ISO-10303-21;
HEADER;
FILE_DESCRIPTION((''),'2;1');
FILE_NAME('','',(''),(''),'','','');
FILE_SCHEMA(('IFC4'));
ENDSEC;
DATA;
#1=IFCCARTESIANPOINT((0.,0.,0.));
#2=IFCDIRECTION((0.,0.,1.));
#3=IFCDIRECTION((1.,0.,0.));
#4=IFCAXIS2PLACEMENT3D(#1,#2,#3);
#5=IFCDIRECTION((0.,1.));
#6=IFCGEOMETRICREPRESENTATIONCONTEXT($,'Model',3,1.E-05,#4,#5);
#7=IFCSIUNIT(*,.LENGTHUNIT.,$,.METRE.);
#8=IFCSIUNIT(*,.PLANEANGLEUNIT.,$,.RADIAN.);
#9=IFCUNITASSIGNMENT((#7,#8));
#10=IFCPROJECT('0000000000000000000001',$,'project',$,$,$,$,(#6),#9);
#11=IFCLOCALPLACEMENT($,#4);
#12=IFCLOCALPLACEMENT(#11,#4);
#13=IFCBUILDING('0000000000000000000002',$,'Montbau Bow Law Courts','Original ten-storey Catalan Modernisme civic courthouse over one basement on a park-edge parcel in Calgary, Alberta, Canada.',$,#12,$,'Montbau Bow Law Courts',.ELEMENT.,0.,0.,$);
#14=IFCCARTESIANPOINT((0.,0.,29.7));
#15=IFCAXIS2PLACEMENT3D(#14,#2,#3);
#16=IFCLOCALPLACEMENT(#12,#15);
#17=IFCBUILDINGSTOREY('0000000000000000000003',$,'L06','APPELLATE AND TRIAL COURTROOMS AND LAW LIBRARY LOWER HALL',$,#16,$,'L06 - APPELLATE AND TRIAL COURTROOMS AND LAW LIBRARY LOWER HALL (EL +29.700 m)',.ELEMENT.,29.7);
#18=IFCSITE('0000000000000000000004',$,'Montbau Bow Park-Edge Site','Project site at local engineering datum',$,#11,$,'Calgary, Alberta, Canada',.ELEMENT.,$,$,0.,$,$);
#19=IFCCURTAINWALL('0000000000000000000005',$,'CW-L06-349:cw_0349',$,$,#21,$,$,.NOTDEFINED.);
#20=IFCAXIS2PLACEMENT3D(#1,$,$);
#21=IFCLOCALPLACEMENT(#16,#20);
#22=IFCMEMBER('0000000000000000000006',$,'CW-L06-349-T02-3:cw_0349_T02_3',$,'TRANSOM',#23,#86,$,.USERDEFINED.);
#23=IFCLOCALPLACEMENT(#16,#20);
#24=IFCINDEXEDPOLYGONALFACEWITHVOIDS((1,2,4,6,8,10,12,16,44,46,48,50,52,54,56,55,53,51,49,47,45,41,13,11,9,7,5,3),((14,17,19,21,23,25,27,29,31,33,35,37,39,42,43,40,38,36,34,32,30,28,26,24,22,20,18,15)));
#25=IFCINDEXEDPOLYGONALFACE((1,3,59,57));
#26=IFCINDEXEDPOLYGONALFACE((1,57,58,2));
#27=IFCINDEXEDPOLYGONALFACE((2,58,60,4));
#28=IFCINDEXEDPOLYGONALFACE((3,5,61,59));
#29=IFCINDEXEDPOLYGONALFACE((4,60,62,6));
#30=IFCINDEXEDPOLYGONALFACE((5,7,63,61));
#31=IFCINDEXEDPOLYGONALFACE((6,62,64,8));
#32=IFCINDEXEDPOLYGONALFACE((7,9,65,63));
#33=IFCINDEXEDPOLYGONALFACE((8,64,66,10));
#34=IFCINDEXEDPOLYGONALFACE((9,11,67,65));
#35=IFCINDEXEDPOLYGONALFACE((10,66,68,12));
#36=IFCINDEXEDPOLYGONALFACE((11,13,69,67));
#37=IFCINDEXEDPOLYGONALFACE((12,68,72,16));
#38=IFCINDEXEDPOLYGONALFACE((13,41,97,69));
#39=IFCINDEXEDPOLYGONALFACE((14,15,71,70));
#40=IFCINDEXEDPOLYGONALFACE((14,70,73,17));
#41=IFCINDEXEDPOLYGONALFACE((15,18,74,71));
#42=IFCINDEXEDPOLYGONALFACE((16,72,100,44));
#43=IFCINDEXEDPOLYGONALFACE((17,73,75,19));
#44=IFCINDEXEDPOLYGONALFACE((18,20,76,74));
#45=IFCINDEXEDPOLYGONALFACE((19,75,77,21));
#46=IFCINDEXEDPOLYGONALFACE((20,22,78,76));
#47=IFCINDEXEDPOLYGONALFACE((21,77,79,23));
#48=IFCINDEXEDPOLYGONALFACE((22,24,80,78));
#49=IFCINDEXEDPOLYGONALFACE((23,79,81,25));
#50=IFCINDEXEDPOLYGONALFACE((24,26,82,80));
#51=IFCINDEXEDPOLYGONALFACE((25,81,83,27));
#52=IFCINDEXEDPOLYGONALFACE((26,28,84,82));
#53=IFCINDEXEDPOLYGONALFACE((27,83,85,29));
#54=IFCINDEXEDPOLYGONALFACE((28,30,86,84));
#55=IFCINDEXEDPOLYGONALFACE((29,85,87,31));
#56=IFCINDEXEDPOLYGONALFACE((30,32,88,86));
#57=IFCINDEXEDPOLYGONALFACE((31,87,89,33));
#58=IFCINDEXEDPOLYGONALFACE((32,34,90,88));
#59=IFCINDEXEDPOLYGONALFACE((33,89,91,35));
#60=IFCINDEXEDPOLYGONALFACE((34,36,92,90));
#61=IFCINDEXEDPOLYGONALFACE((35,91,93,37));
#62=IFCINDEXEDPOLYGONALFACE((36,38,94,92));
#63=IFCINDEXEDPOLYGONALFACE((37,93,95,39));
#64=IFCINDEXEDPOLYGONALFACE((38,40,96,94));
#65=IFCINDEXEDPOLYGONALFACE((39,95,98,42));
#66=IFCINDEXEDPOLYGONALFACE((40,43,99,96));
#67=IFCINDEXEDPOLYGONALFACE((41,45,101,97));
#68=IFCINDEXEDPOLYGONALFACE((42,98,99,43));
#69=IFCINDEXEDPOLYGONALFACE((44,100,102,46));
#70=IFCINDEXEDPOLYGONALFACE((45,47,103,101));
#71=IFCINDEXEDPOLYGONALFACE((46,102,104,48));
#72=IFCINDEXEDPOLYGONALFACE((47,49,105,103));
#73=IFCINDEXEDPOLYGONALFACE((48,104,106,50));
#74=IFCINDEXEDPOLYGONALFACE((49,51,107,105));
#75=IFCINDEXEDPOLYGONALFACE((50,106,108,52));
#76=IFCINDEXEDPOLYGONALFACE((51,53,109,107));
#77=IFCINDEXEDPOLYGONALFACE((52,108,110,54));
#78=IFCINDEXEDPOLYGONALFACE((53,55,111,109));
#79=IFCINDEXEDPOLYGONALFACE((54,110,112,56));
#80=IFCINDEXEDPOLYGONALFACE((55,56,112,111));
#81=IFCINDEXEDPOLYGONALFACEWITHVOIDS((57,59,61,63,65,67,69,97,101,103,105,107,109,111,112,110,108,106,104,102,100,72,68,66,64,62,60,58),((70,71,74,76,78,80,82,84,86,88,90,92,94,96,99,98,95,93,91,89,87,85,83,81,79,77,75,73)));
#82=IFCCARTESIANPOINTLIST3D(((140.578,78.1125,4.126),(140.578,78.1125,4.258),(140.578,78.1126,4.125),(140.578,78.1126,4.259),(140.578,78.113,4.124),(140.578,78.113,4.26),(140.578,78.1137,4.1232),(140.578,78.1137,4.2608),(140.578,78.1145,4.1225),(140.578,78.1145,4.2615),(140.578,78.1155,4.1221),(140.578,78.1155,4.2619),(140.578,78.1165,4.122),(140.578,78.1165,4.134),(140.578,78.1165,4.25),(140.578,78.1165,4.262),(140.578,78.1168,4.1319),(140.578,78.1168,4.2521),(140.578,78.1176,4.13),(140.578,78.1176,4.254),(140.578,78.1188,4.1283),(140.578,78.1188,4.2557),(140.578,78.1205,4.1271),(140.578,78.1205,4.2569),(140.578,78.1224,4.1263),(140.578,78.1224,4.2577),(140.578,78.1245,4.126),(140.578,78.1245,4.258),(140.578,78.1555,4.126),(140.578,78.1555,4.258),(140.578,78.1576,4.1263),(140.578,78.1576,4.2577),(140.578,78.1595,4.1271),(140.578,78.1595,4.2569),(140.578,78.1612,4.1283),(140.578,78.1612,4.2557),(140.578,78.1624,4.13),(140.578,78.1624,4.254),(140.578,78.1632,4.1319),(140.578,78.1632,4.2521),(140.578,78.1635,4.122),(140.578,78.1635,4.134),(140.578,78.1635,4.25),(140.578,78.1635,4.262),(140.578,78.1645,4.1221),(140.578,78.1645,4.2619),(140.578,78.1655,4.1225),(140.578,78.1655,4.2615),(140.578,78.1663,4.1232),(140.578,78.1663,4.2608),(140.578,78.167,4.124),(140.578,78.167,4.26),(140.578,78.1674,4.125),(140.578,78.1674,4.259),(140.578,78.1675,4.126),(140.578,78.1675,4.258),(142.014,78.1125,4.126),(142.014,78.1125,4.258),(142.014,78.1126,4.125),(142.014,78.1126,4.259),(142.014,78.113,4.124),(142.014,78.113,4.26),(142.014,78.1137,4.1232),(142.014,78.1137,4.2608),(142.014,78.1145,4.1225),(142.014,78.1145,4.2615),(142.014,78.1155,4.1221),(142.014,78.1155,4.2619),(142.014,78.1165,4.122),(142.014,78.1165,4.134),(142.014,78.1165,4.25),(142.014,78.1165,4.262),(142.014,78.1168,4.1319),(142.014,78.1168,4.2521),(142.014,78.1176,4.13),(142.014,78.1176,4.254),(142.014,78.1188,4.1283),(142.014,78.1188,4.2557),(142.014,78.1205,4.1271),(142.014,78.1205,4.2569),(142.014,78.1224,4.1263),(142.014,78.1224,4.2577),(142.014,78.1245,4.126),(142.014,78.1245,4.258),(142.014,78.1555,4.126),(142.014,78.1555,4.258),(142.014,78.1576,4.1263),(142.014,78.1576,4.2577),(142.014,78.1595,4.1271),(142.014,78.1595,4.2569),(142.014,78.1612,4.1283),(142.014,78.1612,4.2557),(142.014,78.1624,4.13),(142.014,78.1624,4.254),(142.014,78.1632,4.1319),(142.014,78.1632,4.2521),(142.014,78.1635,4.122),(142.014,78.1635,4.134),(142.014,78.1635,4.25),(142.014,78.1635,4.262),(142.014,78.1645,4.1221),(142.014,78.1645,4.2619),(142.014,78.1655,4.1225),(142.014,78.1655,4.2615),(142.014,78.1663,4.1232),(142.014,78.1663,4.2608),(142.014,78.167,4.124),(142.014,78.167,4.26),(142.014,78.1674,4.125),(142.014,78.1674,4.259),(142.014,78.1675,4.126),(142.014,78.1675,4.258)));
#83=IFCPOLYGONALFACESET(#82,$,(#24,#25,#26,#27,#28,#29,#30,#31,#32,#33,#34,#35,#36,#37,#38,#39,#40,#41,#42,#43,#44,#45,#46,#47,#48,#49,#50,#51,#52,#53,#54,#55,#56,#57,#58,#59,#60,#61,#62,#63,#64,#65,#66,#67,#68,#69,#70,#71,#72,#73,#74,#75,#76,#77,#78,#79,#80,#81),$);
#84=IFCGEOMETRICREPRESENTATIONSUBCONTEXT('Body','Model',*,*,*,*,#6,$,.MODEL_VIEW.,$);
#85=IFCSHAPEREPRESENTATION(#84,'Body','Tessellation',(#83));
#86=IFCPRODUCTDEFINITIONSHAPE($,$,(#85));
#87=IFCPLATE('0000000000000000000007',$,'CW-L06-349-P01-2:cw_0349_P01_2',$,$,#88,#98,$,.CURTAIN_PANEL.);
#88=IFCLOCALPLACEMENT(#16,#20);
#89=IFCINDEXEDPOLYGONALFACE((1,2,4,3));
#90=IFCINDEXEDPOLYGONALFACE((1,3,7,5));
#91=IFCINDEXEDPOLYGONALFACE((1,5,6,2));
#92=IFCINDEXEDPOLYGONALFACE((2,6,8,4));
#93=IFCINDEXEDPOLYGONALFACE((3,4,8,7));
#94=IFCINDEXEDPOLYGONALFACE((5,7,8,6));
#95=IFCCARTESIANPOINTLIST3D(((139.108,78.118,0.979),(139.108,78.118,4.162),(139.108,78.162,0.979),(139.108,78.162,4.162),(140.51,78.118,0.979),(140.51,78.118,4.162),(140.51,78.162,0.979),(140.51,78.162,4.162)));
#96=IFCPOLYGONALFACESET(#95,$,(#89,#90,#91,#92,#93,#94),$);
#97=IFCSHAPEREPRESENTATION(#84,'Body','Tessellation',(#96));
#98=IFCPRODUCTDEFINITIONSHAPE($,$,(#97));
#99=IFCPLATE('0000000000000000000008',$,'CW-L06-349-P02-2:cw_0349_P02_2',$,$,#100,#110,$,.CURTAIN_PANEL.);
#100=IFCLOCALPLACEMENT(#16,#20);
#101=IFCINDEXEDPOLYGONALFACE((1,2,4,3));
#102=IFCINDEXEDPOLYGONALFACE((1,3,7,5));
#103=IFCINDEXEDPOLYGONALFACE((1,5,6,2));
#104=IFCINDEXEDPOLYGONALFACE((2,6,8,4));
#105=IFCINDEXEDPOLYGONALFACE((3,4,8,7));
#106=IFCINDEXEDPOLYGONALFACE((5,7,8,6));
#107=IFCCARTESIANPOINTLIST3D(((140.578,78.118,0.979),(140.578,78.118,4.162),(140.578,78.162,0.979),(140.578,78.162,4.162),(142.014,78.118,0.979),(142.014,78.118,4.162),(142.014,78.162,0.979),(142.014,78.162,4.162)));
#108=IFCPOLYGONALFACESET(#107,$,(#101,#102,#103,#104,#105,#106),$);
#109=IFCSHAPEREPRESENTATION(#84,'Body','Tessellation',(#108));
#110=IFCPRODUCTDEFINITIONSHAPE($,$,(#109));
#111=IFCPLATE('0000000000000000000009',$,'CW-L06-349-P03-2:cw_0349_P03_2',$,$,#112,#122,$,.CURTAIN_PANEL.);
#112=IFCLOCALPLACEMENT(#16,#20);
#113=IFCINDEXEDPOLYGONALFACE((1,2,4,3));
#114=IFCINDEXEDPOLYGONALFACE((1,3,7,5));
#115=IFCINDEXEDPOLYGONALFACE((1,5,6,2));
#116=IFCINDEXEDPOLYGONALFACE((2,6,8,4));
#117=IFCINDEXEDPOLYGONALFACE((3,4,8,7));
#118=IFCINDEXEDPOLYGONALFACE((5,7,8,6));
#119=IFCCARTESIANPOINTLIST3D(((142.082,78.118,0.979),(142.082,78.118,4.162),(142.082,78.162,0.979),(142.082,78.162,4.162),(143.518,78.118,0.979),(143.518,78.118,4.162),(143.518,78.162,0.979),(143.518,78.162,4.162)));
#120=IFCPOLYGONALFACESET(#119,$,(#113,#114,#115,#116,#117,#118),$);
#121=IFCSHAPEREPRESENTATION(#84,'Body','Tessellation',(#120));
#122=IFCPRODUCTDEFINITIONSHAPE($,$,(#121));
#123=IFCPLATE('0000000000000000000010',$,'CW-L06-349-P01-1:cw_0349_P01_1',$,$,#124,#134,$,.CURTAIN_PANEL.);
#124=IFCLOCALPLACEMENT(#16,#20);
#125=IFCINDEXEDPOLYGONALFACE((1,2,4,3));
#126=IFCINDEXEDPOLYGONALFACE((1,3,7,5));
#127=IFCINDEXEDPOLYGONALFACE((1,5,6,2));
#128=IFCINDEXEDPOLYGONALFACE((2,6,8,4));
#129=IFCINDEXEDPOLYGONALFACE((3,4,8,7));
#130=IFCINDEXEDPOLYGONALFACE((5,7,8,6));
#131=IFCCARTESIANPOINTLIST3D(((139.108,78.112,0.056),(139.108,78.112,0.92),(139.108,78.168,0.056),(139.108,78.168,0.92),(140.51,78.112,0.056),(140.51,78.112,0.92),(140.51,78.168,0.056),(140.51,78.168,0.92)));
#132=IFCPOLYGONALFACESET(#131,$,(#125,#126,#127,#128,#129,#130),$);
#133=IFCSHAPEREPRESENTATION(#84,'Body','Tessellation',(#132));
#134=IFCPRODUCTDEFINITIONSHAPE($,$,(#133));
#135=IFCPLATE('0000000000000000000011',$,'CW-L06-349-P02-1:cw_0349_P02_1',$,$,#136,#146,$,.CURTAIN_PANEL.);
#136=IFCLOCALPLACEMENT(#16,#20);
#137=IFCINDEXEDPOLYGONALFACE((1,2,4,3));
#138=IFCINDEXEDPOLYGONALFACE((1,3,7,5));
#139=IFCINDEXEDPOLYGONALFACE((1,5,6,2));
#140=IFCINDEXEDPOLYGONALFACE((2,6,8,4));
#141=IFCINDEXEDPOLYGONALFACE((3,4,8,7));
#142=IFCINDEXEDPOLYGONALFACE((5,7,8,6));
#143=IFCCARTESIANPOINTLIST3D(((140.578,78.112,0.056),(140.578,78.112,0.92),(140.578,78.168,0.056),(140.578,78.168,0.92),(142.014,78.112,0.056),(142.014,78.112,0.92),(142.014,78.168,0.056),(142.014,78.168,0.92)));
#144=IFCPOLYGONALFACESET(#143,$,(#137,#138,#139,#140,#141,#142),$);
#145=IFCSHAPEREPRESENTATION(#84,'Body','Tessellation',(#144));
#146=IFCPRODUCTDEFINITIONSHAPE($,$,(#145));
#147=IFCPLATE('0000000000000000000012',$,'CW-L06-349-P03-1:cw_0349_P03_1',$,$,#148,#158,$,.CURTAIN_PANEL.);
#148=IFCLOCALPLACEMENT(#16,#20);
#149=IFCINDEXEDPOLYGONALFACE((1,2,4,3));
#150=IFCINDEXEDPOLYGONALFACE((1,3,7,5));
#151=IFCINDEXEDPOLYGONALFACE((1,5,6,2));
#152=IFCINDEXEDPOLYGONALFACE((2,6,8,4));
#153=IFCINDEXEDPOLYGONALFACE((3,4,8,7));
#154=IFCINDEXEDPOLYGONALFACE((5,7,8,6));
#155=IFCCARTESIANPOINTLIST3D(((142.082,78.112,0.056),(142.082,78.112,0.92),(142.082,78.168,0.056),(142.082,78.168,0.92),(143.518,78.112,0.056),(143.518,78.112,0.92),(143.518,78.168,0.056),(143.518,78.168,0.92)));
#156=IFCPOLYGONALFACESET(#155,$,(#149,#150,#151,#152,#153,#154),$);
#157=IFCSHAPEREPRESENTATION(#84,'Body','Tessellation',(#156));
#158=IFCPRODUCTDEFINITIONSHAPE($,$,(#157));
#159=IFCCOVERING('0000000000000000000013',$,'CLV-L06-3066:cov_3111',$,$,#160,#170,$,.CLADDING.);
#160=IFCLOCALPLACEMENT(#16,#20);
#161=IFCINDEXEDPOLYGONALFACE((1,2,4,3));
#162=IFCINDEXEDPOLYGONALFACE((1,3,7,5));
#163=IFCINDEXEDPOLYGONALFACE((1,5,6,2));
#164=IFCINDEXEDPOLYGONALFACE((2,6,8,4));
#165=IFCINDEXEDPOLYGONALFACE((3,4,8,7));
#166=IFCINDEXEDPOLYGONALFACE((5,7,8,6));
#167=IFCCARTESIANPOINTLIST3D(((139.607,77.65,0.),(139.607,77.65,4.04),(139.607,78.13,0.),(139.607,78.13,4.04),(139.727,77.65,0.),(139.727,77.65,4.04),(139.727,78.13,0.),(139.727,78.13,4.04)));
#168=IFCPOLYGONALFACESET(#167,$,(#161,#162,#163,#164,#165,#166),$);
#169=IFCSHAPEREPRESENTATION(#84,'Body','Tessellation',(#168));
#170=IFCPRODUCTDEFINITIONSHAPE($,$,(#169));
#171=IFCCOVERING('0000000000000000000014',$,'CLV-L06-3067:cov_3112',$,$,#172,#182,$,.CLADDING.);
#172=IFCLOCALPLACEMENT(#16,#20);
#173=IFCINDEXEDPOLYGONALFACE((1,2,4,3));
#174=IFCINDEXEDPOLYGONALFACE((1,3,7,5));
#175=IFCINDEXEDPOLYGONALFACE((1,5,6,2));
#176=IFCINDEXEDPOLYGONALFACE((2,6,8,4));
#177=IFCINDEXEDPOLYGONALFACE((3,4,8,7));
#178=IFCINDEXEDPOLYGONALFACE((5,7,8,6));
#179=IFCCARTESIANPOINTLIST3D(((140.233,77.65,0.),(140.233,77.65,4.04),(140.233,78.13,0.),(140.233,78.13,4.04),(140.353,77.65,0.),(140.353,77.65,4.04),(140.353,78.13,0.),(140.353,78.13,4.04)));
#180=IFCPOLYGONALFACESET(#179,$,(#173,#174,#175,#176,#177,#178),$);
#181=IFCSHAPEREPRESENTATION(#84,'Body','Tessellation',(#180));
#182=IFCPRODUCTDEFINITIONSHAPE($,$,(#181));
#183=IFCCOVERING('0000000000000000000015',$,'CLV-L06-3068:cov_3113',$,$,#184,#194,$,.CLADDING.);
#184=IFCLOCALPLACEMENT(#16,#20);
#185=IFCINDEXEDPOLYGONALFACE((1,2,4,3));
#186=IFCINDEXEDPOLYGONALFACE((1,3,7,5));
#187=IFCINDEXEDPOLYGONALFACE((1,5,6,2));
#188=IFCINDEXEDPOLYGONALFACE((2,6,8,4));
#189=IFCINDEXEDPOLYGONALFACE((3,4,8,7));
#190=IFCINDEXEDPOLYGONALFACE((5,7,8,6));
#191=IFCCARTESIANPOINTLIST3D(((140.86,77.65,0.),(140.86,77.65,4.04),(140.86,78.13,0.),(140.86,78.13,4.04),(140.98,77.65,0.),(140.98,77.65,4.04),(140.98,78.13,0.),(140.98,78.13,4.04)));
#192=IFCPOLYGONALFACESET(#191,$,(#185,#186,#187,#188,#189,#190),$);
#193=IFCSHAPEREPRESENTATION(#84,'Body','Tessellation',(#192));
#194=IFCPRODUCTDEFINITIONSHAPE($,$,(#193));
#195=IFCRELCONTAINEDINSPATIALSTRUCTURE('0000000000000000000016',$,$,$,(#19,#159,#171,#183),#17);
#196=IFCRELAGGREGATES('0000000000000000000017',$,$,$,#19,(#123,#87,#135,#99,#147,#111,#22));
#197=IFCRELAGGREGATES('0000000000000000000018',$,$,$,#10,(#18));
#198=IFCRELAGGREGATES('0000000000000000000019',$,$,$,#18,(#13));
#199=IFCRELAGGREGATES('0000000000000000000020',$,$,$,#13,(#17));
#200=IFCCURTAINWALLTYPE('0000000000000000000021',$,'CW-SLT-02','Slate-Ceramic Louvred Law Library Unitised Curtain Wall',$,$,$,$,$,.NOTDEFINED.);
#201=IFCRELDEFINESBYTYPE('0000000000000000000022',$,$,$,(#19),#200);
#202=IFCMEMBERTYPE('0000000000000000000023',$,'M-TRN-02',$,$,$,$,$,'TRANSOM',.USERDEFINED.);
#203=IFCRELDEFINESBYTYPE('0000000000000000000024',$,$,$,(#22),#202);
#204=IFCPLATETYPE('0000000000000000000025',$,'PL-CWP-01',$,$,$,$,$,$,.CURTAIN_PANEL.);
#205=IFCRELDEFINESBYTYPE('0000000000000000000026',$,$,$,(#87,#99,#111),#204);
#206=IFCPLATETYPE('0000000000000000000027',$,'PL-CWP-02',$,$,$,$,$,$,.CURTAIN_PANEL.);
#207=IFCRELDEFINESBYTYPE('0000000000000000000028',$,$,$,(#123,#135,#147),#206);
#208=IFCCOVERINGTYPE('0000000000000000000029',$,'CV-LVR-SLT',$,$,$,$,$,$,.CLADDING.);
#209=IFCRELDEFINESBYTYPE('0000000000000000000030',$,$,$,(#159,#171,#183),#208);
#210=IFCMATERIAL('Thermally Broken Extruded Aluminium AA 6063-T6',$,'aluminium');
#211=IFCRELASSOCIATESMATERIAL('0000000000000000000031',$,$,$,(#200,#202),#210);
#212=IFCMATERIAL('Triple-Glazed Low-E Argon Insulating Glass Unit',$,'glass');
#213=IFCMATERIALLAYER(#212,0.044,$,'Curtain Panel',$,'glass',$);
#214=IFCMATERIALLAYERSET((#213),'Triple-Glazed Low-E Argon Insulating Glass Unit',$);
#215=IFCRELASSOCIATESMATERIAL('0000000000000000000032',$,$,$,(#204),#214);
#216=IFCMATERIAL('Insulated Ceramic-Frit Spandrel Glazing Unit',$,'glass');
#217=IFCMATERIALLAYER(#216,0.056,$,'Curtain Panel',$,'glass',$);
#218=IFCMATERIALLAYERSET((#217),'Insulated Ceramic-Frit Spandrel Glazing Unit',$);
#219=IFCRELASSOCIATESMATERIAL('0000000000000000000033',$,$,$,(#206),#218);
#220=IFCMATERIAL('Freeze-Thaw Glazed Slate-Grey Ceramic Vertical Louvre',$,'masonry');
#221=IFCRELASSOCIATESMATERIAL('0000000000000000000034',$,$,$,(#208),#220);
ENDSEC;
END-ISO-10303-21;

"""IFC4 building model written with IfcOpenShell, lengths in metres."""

from ifc_helpers import new_model, si_unit, direction, frame, frame_2d, origin_with_axes, origin_2d_with_axis, place, context, subcontext, project, spatial, rectangle, hollow_rectangle, extrude, material, layer, layer_set, material_profile, profile_set, type_object, element, aggregate, save


model = new_model("IFC4")

# Units and contexts
model_context = context("Model", 3, precision=1e-05, world=origin_with_axes(), true_north=direction((0.0, 1.0)))
body_context = subcontext(model_context, "Body", "Model", "MODEL_VIEW")
ifc_project = project(units=[si_unit("LENGTHUNIT", "METRE"), si_unit("PLANEANGLEUNIT", "RADIAN")], contexts=[model_context])

# Site, building, storey
site_placement = place(None, origin_with_axes())
site = spatial("IfcSite", under=ifc_project, at=site_placement, Name="Montbau Bow Park-Edge Site", Description="Project site at local engineering datum", LongName="Calgary, Alberta, Canada", CompositionType="ELEMENT", RefElevation=0.0)
building_placement = place(site_placement, origin_with_axes())
building = spatial("IfcBuilding", under=site, at=building_placement, Name="Montbau Bow Law Courts", Description="Original ten-storey Catalan Modernisme civic courthouse over one basement on a park-edge parcel in Calgary, Alberta, Canada.", LongName="Montbau Bow Law Courts", CompositionType="ELEMENT", ElevationOfRefHeight=0.0, ElevationOfTerrain=0.0)
storey_placement = place(building_placement, frame((0.0, 0.0, 29.7), z_axis=(0.0, 0.0, 1.0), x_axis=(1.0, 0.0, 0.0)))
storey = spatial("IfcBuildingStorey", under=building, at=storey_placement, Name="L06", Description="APPELLATE AND TRIAL COURTROOMS AND LAW LIBRARY LOWER HALL", LongName="L06 - APPELLATE AND TRIAL COURTROOMS AND LAW LIBRARY LOWER HALL (EL +29.700 m)", CompositionType="ELEMENT", Elevation=29.7)

# Curtain wall, member, plates
ifc_material_1 = material(Name="Thermally Broken Extruded Aluminium AA 6063-T6", Category="aluminium")
curtain_wall_type = type_object("IfcCurtainWallType", Name="CW-SLT-02", Description="Slate-Ceramic Louvred Law Library Unitised Curtain Wall", PredefinedType="NOTDEFINED", material=ifc_material_1)
curtain_wall_placement = place(None, frame((139.04, 78.14, 29.7), z_axis=(0.0, 0.0, 1.0), x_axis=(1.0, 0.0, 0.0)))
curtain_wall = element("IfcCurtainWall", 1, at=curtain_wall_placement, inside=storey, type_object=curtain_wall_type, Name="CW-L06-349:cw_0349", PredefinedType="NOTDEFINED")
ifc_material_profile_1 = material_profile(ifc_material_1, hollow_rectangle(XDim=0.055, YDim=0.14, WallThickness=0.004, InnerFilletRadius=0.008, OuterFilletRadius=0.004, at=origin_2d_with_axis()), Name="CWT-140X55", Category="Main", Priority=0)
ifc_profile_set_1 = profile_set([ifc_material_profile_1], Name="Thermally Broken Extruded Aluminium AA 6063-T6")
member_type_1 = type_object("IfcMemberType", Name="M-TRN-02", ElementType="TRANSOM", PredefinedType="USERDEFINED", material=ifc_profile_set_1)
member_1_placement = place(None, frame((140.578, 78.14, 33.892), z_axis=(1.0, 0.0, 0.0), x_axis=(0.0, 1.0, 0.0)))
member_1 = element("IfcMember", 2, at=member_1_placement, type_object=member_type_1, Name="CW-L06-349-T02-3:cw_0349_T02_3", ObjectType="TRANSOM", PredefinedType="USERDEFINED", context=body_context, shape_type="SweptSolid", body=[
    extrude(hollow_rectangle(XDim=0.055, YDim=0.14, WallThickness=0.004, InnerFilletRadius=0.008, OuterFilletRadius=0.004, at=origin_2d_with_axis()), origin_with_axes(), (0.0, 0.0, 1.0), 1.436),
])
ifc_material_2 = material(Name="Triple-Glazed Low-E Argon Insulating Glass Unit", Category="glass")
ifc_layer_1 = layer(ifc_material_2, 0.044, Name="Curtain Panel", Category="glass")
ifc_layer_set_1 = layer_set([ifc_layer_1], Name="Triple-Glazed Low-E Argon Insulating Glass Unit")
plate_type_1 = type_object("IfcPlateType", Name="PL-CWP-01", PredefinedType="CURTAIN_PANEL", material=ifc_layer_set_1)
plate_1_placement = place(None, frame((139.108, 78.14, 30.679), z_axis=(0.0, -1.0, 0.0), x_axis=(1.0, 0.0, 0.0)))
plate_1 = element("IfcPlate", 3, at=plate_1_placement, type_object=plate_type_1, Name="CW-L06-349-P01-2:cw_0349_P01_2", PredefinedType="CURTAIN_PANEL", context=body_context, shape_type="SweptSolid", body=[
    extrude(rectangle(XDim=1.402, YDim=3.183, at=frame_2d((0.701, 1.5915), x_axis=(1.0, 0.0))), frame((0.0, 0.0, -0.022), z_axis=(0.0, 0.0, 1.0), x_axis=(1.0, 0.0, 0.0)), (0.0, 0.0, 1.0), 0.044),
])
plate_2_placement = place(None, frame((140.578, 78.14, 30.679), z_axis=(0.0, -1.0, 0.0), x_axis=(1.0, 0.0, 0.0)))
plate_2 = element("IfcPlate", 4, at=plate_2_placement, type_object=plate_type_1, Name="CW-L06-349-P02-2:cw_0349_P02_2", PredefinedType="CURTAIN_PANEL", context=body_context, shape_type="SweptSolid", body=[
    extrude(rectangle(XDim=1.436, YDim=3.183, at=frame_2d((0.718, 1.5915), x_axis=(1.0, 0.0))), frame((0.0, 0.0, -0.022), z_axis=(0.0, 0.0, 1.0), x_axis=(1.0, 0.0, 0.0)), (0.0, 0.0, 1.0), 0.044),
])
plate_3_placement = place(None, frame((142.082, 78.14, 30.679), z_axis=(0.0, -1.0, 0.0), x_axis=(1.0, 0.0, 0.0)))
plate_3 = element("IfcPlate", 5, at=plate_3_placement, type_object=plate_type_1, Name="CW-L06-349-P03-2:cw_0349_P03_2", PredefinedType="CURTAIN_PANEL", context=body_context, shape_type="SweptSolid", body=[
    extrude(rectangle(XDim=1.436, YDim=3.183, at=frame_2d((0.718, 1.5915), x_axis=(1.0, 0.0))), frame((0.0, 0.0, -0.022), z_axis=(0.0, 0.0, 1.0), x_axis=(1.0, 0.0, 0.0)), (0.0, 0.0, 1.0), 0.044),
])
ifc_material_3 = material(Name="Insulated Ceramic-Frit Spandrel Glazing Unit", Category="glass")
ifc_layer_2 = layer(ifc_material_3, 0.056, Name="Curtain Panel", Category="glass")
ifc_layer_set_2 = layer_set([ifc_layer_2], Name="Insulated Ceramic-Frit Spandrel Glazing Unit")
plate_type_2 = type_object("IfcPlateType", Name="PL-CWP-02", PredefinedType="CURTAIN_PANEL", material=ifc_layer_set_2)
plate_4_placement = place(None, frame((139.108, 78.14, 29.756), z_axis=(0.0, -1.0, 0.0), x_axis=(1.0, 0.0, 0.0)))
plate_4 = element("IfcPlate", 6, at=plate_4_placement, type_object=plate_type_2, Name="CW-L06-349-P01-1:cw_0349_P01_1", PredefinedType="CURTAIN_PANEL", context=body_context, shape_type="SweptSolid", body=[
    extrude(rectangle(XDim=1.402, YDim=0.864, at=frame_2d((0.701, 0.432), x_axis=(1.0, 0.0))), frame((0.0, 0.0, -0.028), z_axis=(0.0, 0.0, 1.0), x_axis=(1.0, 0.0, 0.0)), (0.0, 0.0, 1.0), 0.056),
])
plate_5_placement = place(None, frame((140.578, 78.14, 29.756), z_axis=(0.0, -1.0, 0.0), x_axis=(1.0, 0.0, 0.0)))
plate_5 = element("IfcPlate", 7, at=plate_5_placement, type_object=plate_type_2, Name="CW-L06-349-P02-1:cw_0349_P02_1", PredefinedType="CURTAIN_PANEL", context=body_context, shape_type="SweptSolid", body=[
    extrude(rectangle(XDim=1.436, YDim=0.864, at=frame_2d((0.718, 0.432), x_axis=(1.0, 0.0))), frame((0.0, 0.0, -0.028), z_axis=(0.0, 0.0, 1.0), x_axis=(1.0, 0.0, 0.0)), (0.0, 0.0, 1.0), 0.056),
])
plate_6_placement = place(None, frame((142.082, 78.14, 29.756), z_axis=(0.0, -1.0, 0.0), x_axis=(1.0, 0.0, 0.0)))
plate_6 = element("IfcPlate", 8, at=plate_6_placement, type_object=plate_type_2, Name="CW-L06-349-P03-1:cw_0349_P03_1", PredefinedType="CURTAIN_PANEL", context=body_context, shape_type="SweptSolid", body=[
    extrude(rectangle(XDim=1.436, YDim=0.864, at=frame_2d((0.718, 0.432), x_axis=(1.0, 0.0))), frame((0.0, 0.0, -0.028), z_axis=(0.0, 0.0, 1.0), x_axis=(1.0, 0.0, 0.0)), (0.0, 0.0, 1.0), 0.056),
])
aggregate(curtain_wall, [plate_4, plate_1, plate_5, plate_2, plate_6, plate_3, member_1])

# Coverings
ifc_material_4 = material(Name="Freeze-Thaw Glazed Slate-Grey Ceramic Vertical Louvre", Category="masonry")
covering_type = type_object("IfcCoveringType", Name="CV-LVR-SLT", PredefinedType="CLADDING", material=ifc_material_4)
for number, where, z_axis, x_axis, name in (
    (9, (139.667, 78.13, 29.7), (-1.0, 0.0, 0.0), (0.0, -1.0, 0.0), "CLV-L06-3066:cov_3111"),
    (10, (140.293, 78.13, 29.7), (-1.0, 0.0, 0.0), (0.0, -1.0, 0.0), "CLV-L06-3067:cov_3112"),
    (11, (140.92, 78.13, 29.7), (-1.0, 0.0, 0.0), (0.0, -1.0, 0.0), "CLV-L06-3068:cov_3113"),
):
    element("IfcCovering", number, at=place(None, frame(where, z_axis=z_axis, x_axis=x_axis)), inside=storey, type_object=covering_type, Name=name, PredefinedType="CLADDING", context=body_context, shape_type="SweptSolid", body=[
        extrude(rectangle(XDim=0.48, YDim=4.04, at=frame_2d((0.24, 2.02), x_axis=(1.0, 0.0))), frame((0.0, 0.0, -0.06), z_axis=(0.0, 0.0, 1.0), x_axis=(1.0, 0.0, 0.0)), (0.0, 0.0, 1.0), 0.12),
    ])

save(model, "model.ifc")
